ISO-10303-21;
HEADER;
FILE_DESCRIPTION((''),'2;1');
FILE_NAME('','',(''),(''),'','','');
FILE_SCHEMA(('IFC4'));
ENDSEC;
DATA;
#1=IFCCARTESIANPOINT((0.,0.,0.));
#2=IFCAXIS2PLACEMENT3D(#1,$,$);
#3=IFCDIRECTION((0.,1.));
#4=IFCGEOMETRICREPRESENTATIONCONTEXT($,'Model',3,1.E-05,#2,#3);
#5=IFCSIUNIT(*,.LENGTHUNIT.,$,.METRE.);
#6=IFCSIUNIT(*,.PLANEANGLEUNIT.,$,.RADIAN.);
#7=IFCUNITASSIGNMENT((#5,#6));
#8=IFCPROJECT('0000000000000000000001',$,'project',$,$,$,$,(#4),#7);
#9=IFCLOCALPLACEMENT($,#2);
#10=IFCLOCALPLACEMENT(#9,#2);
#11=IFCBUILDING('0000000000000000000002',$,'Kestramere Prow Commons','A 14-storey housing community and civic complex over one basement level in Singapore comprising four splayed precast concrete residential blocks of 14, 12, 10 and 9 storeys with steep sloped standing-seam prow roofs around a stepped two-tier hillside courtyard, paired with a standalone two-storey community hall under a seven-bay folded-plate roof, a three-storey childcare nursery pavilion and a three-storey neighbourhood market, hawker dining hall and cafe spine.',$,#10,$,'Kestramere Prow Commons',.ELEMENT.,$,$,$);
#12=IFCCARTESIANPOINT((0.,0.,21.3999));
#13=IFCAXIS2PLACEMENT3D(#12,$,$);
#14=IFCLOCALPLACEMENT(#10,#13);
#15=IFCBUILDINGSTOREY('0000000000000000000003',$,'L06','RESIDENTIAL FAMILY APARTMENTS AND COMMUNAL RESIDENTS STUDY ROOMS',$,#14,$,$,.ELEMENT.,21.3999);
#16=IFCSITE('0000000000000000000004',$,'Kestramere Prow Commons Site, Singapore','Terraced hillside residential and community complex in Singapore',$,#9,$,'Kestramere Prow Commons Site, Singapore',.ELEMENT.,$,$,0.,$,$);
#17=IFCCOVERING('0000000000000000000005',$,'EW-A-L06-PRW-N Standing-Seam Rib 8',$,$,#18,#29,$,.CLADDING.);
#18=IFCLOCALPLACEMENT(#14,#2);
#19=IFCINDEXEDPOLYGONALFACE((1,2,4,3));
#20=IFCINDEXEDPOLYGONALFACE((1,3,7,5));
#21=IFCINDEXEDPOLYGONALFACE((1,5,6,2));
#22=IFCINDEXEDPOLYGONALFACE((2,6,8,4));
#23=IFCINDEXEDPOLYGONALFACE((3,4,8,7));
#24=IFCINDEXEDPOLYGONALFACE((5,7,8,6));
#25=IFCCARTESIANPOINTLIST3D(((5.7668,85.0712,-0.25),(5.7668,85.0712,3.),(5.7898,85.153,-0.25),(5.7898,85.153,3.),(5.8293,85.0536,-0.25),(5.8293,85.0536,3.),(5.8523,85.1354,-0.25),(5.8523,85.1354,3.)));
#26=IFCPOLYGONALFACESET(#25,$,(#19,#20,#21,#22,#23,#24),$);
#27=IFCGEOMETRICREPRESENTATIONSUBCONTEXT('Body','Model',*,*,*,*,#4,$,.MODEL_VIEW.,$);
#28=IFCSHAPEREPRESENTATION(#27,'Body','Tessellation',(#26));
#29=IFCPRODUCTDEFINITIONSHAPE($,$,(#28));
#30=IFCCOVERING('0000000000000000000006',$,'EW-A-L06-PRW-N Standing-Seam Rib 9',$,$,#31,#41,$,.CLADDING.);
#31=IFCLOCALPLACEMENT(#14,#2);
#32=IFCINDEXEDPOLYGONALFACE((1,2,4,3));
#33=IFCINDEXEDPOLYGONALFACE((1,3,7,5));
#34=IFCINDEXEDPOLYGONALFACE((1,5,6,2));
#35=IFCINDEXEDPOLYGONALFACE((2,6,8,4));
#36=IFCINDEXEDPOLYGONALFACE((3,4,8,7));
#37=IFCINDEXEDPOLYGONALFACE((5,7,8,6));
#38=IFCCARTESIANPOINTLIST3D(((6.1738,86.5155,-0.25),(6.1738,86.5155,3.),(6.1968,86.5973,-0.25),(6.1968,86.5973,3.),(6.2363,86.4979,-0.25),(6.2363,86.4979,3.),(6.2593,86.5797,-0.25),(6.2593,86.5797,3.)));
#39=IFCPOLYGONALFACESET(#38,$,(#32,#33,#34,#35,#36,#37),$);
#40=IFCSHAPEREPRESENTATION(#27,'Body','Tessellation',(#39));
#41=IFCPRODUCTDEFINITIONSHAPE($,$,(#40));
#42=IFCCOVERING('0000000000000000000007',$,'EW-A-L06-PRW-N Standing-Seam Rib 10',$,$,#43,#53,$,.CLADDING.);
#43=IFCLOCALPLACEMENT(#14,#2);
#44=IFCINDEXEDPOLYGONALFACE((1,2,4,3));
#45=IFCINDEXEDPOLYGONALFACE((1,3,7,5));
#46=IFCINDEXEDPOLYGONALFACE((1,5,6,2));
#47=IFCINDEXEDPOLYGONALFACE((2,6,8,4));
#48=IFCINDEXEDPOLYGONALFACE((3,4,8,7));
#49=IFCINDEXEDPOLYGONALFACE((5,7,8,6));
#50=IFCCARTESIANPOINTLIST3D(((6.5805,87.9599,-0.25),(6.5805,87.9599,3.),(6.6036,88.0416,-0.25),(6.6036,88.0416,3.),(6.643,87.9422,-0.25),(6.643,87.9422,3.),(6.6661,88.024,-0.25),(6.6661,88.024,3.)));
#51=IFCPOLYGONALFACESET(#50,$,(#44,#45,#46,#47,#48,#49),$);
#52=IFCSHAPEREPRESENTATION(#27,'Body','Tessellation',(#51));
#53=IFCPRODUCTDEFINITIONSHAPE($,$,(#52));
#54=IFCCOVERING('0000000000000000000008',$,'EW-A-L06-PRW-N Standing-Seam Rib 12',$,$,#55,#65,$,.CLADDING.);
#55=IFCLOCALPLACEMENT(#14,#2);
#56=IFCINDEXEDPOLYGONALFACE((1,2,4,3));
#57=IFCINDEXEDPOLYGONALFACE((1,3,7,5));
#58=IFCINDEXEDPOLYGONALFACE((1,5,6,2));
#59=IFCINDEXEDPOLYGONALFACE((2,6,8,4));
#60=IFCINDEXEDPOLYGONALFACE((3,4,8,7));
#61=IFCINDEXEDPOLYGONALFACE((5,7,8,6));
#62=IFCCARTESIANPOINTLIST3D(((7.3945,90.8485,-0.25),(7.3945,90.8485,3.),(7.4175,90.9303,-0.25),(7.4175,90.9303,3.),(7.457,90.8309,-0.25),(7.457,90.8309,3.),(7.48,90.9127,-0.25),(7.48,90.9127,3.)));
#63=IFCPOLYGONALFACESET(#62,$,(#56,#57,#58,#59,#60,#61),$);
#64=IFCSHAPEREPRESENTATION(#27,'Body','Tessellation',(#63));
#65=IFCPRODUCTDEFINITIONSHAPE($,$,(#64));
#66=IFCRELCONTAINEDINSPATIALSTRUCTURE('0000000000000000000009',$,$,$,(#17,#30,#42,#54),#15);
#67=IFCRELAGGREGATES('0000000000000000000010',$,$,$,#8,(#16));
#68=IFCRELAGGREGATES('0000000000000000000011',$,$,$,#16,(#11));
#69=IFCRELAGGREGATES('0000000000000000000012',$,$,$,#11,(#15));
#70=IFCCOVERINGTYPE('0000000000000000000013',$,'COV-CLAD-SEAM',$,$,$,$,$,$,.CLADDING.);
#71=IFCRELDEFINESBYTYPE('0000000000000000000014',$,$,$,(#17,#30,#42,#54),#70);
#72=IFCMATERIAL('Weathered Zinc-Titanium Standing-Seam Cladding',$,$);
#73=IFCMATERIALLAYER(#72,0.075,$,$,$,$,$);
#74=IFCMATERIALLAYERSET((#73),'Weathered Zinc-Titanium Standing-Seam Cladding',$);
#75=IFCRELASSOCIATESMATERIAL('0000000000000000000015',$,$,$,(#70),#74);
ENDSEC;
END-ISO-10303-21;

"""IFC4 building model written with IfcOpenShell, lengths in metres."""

from ifc_helpers import new_model, si_unit, direction, frame, origin, origin_2d, place, context, subcontext, project, spatial, rectangle, extrude, material, layer, layer_set, type_object, element, save


model = new_model("IFC4")

# Units and contexts
model_context = context("Model", 3, precision=1e-05, world=origin(), true_north=direction((0.0, 1.0)))
body_context = subcontext(model_context, "Body", "Model", "MODEL_VIEW")
ifc_project = project(units=[si_unit("LENGTHUNIT", "METRE"), si_unit("PLANEANGLEUNIT", "RADIAN")], contexts=[model_context])

# Site, building, storey
site_placement = place(None, origin())
site = spatial("IfcSite", under=ifc_project, at=site_placement, Name="Kestramere Prow Commons Site, Singapore", Description="Terraced hillside residential and community complex in Singapore", LongName="Kestramere Prow Commons Site, Singapore", CompositionType="ELEMENT", RefElevation=0.0)
building_placement = place(site_placement, origin())
building = spatial("IfcBuilding", under=site, at=building_placement, Name="Kestramere Prow Commons", Description="A 14-storey housing community and civic complex over one basement level in Singapore comprising four splayed precast concrete residential blocks of 14, 12, 10 and 9 storeys with steep sloped standing-seam prow roofs around a stepped two-tier hillside courtyard, paired with a standalone two-storey community hall under a seven-bay folded-plate roof, a three-storey childcare nursery pavilion and a three-storey neighbourhood market, hawker dining hall and cafe spine.", LongName="Kestramere Prow Commons", CompositionType="ELEMENT")
storey_placement = place(building_placement, frame((0.0, 0.0, 21.3999)))
storey = spatial("IfcBuildingStorey", under=building, at=storey_placement, Name="L06", Description="RESIDENTIAL FAMILY APARTMENTS AND COMMUNAL RESIDENTS STUDY ROOMS", CompositionType="ELEMENT", Elevation=21.3999)

# Coverings
ifc_material_1 = material(Name="Weathered Zinc-Titanium Standing-Seam Cladding")
ifc_layer_1 = layer(ifc_material_1, 0.075)
ifc_layer_set_1 = layer_set([ifc_layer_1], Name="Weathered Zinc-Titanium Standing-Seam Cladding")
covering_type = type_object("IfcCoveringType", Name="COV-CLAD-SEAM", PredefinedType="CLADDING", material=ifc_layer_set_1)
for number, where, z_axis, x_axis, name in (
    (1, (5.8096, 85.1033, -0.25), (0.0, 0.0, 1.0), (0.27116, 0.962534, 0.0), "EW-A-L06-PRW-N Standing-Seam Rib 8"),
    (2, (6.2166, 86.5476, -0.25), (0.0, 0.0, 1.0), (0.27116, 0.962534, 0.0), "EW-A-L06-PRW-N Standing-Seam Rib 9"),
    (3, (6.6233, 87.9919, -0.25), (0.0, 0.0, 1.0), (0.27116, 0.962534, 0.0), "EW-A-L06-PRW-N Standing-Seam Rib 10"),
    (4, (7.4373, 90.8806, -0.25), (0.0, 0.0, 1.0), (0.27116, 0.962534, 0.0), "EW-A-L06-PRW-N Standing-Seam Rib 12"),
):
    element("IfcCovering", number, at=place(storey_placement, frame(where, z_axis=z_axis, x_axis=x_axis)), inside=storey, type_object=covering_type, Name=name, PredefinedType="CLADDING", context=body_context, shape_type="SweptSolid", body=[
        extrude(rectangle(XDim=0.085, YDim=0.0649, at=origin_2d()), origin(), (0.0, 0.0, 1.0), 3.25),
    ])

save(model, "model.ifc")
